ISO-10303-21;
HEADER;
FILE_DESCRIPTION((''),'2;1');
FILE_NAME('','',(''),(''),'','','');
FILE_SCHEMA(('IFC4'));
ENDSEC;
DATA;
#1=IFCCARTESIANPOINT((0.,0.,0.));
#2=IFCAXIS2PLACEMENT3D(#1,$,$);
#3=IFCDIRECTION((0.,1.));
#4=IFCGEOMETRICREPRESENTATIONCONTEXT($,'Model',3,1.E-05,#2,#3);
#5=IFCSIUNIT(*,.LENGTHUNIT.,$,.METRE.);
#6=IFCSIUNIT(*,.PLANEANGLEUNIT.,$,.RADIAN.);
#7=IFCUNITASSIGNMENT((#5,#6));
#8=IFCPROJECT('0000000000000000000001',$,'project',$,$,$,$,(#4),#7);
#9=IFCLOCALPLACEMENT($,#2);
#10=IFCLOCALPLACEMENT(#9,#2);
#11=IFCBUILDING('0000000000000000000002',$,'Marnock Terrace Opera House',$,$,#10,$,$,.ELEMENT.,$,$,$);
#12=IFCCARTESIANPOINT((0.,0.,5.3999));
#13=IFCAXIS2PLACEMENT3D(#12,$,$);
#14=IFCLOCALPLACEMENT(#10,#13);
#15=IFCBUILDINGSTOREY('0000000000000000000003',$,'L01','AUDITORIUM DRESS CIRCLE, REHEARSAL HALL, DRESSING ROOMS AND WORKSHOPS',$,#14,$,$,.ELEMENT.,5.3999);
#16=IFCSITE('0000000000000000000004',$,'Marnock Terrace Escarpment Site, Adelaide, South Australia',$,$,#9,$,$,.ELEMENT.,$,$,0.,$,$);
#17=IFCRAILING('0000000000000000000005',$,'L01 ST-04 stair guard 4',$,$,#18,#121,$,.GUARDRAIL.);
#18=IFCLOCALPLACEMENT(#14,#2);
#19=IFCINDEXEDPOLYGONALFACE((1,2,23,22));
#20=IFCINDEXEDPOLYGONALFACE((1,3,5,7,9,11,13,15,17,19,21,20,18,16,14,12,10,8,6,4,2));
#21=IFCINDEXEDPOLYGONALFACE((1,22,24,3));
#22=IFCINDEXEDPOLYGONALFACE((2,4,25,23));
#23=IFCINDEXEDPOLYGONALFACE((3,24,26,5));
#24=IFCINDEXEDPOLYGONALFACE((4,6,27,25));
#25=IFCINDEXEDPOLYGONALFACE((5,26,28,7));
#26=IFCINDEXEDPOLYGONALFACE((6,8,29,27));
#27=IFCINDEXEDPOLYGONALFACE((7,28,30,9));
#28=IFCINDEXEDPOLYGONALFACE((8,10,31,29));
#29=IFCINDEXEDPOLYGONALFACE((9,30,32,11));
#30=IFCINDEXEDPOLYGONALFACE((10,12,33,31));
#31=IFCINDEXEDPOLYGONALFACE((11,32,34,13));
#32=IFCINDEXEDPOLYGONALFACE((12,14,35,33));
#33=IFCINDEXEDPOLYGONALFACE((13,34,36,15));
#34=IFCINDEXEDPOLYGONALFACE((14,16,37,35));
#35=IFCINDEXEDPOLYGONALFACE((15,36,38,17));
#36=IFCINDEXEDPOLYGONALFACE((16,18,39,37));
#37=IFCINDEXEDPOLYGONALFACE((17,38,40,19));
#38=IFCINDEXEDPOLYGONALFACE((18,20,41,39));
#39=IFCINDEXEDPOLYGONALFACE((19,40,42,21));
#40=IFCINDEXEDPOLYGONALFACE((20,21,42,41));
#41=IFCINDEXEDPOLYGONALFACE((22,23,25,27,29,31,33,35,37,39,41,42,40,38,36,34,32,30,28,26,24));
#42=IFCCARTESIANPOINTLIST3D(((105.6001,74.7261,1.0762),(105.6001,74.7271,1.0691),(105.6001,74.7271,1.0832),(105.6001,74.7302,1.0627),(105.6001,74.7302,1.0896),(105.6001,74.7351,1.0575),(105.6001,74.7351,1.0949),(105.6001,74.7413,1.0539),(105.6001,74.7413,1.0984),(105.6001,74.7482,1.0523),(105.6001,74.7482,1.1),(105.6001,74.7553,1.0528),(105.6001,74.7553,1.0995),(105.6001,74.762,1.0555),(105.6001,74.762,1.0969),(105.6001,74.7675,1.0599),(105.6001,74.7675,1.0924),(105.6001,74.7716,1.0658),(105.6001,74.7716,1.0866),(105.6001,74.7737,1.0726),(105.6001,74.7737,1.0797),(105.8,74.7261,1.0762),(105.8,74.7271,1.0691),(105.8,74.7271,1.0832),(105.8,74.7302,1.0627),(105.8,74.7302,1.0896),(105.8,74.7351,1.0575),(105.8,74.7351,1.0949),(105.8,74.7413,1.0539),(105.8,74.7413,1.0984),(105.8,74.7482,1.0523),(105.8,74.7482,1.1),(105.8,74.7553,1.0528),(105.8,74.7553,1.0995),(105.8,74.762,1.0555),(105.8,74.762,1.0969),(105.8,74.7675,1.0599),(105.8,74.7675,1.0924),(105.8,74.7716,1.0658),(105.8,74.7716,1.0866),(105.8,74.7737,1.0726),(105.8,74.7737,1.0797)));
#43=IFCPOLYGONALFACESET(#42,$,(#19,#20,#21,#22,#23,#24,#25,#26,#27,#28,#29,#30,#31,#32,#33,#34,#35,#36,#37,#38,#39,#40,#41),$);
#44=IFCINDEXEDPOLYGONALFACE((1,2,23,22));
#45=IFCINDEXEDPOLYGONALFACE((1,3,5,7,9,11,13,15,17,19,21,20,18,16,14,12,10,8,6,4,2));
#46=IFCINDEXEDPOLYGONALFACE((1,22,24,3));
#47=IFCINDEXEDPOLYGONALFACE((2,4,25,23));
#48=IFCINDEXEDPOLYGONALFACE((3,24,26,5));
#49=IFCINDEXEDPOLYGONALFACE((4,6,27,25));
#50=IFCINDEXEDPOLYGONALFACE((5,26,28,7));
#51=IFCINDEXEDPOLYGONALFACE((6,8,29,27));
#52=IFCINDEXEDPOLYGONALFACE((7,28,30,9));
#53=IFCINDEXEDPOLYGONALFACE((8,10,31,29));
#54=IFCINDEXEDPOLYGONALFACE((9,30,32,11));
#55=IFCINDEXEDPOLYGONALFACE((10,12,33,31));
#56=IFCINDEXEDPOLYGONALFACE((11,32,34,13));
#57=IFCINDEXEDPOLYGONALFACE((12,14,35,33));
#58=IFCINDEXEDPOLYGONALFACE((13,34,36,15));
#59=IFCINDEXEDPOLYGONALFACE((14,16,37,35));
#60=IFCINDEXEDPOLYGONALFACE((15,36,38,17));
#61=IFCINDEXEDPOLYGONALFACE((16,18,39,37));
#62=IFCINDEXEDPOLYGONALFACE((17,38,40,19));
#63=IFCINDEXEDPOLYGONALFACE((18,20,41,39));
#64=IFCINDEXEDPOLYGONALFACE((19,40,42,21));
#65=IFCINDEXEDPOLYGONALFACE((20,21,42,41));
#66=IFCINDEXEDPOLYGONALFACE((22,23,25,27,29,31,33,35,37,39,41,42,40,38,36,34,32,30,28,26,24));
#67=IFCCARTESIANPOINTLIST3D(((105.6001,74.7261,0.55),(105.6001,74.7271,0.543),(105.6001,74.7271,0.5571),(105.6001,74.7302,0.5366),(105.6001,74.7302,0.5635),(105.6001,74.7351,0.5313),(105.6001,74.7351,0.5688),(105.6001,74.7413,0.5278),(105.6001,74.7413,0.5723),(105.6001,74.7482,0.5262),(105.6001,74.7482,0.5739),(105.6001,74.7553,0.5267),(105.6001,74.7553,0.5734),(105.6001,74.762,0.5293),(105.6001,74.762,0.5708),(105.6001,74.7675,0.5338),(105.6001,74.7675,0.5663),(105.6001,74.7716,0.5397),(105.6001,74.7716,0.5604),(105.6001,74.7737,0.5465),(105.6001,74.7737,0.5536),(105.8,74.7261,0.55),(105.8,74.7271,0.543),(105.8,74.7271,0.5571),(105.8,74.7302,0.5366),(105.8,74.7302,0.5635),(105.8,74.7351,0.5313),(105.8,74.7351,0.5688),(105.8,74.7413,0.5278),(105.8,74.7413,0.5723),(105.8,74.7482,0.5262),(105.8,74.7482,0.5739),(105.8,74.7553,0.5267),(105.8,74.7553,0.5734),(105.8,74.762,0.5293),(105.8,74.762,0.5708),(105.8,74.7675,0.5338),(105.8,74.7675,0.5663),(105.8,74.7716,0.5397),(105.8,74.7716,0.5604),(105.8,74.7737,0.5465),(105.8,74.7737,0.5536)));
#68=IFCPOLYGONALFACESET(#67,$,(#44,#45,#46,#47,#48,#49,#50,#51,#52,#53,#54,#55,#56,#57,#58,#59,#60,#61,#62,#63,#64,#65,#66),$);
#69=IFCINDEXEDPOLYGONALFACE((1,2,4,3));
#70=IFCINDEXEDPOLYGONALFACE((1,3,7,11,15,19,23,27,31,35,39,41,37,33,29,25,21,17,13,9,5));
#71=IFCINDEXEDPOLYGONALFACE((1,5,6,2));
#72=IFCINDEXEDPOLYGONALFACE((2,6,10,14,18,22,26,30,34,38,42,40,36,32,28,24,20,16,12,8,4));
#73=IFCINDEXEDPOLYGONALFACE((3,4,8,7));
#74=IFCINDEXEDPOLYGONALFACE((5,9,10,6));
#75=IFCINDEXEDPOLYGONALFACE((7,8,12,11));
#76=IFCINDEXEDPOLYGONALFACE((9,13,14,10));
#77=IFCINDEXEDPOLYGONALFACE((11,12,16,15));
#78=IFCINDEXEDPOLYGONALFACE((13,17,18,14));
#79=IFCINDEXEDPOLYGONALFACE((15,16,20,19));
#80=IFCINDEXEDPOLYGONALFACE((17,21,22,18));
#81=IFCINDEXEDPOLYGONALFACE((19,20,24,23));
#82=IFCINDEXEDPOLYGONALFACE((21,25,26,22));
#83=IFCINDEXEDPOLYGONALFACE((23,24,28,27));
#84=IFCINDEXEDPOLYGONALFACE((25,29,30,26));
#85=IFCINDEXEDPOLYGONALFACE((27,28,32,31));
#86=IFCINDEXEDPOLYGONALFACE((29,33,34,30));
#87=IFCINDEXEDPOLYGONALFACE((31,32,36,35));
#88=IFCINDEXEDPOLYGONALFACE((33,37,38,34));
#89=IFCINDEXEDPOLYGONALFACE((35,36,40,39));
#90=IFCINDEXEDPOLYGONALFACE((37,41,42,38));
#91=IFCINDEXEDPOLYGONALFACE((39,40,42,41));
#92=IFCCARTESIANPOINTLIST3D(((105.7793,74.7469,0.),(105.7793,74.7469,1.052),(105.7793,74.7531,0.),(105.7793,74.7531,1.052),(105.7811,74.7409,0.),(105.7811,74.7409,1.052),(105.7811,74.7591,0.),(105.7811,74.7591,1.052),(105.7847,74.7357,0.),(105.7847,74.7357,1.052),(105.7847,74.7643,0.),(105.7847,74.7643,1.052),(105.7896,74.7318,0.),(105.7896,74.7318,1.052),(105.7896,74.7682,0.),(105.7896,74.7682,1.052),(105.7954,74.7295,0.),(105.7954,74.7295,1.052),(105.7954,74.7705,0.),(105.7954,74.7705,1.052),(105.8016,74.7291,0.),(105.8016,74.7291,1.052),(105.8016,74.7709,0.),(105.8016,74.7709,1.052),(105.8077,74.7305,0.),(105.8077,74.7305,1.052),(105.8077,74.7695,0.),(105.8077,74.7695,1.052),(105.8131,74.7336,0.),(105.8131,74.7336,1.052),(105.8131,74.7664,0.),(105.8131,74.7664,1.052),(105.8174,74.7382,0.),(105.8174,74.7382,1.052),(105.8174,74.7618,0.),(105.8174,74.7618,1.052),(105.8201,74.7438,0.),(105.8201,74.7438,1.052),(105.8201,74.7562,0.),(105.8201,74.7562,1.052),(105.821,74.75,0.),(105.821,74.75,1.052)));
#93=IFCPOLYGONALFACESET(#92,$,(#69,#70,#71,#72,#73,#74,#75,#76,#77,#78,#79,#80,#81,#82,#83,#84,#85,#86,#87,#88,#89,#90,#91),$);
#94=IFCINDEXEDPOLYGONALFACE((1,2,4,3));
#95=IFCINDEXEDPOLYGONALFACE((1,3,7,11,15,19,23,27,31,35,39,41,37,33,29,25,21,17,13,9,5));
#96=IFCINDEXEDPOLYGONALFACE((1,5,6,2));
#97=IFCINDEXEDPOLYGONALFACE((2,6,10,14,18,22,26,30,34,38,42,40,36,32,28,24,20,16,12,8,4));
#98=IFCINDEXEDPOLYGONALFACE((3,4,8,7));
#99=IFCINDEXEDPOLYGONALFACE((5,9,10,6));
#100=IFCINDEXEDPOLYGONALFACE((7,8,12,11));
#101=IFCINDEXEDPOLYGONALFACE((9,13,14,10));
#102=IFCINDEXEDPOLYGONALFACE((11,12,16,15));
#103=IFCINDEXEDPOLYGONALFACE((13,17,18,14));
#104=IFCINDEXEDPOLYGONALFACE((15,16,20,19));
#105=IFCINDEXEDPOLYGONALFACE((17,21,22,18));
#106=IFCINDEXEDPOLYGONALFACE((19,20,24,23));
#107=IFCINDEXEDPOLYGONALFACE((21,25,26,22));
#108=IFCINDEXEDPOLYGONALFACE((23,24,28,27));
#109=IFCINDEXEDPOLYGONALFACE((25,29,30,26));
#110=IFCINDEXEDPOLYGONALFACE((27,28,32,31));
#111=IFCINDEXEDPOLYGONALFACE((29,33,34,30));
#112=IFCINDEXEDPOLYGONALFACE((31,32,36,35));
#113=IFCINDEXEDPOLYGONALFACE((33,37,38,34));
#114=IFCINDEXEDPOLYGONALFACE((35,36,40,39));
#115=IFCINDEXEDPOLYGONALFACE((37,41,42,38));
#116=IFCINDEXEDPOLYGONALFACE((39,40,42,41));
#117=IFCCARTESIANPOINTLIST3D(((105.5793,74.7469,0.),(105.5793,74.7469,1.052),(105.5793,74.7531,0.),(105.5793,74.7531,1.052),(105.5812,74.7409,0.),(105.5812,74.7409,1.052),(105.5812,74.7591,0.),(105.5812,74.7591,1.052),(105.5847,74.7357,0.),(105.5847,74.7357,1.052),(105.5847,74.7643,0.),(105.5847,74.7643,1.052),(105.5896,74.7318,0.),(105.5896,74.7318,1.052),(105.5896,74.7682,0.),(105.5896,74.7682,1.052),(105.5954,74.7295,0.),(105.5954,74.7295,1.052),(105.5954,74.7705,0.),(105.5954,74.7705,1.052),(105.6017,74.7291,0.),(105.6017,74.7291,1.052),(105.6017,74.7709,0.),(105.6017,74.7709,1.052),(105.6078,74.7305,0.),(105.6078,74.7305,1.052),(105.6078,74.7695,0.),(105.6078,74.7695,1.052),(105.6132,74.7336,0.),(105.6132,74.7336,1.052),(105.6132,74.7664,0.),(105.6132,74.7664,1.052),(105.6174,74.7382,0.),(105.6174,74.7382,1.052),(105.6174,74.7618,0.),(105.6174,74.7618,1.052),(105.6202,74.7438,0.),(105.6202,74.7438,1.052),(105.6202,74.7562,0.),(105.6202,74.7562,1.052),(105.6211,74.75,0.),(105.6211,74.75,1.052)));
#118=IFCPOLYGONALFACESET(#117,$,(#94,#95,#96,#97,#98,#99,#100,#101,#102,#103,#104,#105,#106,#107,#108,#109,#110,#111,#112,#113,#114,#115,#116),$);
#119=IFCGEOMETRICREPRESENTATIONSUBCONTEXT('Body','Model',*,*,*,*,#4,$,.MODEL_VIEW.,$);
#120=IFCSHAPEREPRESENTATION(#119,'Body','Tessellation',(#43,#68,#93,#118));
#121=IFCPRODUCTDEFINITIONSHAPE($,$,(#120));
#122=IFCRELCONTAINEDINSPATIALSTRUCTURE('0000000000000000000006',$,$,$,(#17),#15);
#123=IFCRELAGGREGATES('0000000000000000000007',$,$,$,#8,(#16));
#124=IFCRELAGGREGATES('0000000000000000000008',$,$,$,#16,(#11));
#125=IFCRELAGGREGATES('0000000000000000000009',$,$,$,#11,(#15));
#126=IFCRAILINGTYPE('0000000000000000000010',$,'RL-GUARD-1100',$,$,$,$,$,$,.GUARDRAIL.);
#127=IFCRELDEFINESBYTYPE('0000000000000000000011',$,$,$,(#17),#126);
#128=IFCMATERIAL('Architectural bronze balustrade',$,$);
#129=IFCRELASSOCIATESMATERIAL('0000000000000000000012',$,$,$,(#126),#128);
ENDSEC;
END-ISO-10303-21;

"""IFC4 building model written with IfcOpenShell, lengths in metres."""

from ifc_helpers import new_model, si_unit, direction, frame, origin, origin_2d, place, context, subcontext, project, spatial, circle, extrude, material, type_object, element, save


model = new_model("IFC4")

# Units and contexts
model_context = context("Model", 3, precision=1e-05, world=origin(), true_north=direction((0.0, 1.0)))
body_context = subcontext(model_context, "Body", "Model", "MODEL_VIEW")
ifc_project = project(units=[si_unit("LENGTHUNIT", "METRE"), si_unit("PLANEANGLEUNIT", "RADIAN")], contexts=[model_context])

# Site, building, storey
site_placement = place(None, origin())
site = spatial("IfcSite", under=ifc_project, at=site_placement, Name="Marnock Terrace Escarpment Site, Adelaide, South Australia", CompositionType="ELEMENT", RefElevation=0.0)
building_placement = place(site_placement, origin())
building = spatial("IfcBuilding", under=site, at=building_placement, Name="Marnock Terrace Opera House", CompositionType="ELEMENT")
storey_placement = place(building_placement, frame((0.0, 0.0, 5.3999)))
storey = spatial("IfcBuildingStorey", under=building, at=storey_placement, Name="L01", Description="AUDITORIUM DRESS CIRCLE, REHEARSAL HALL, DRESSING ROOMS AND WORKSHOPS", CompositionType="ELEMENT", Elevation=5.3999)

# Railing
ifc_material_1 = material(Name="Architectural bronze balustrade")
railing_type_1 = type_object("IfcRailingType", Name="RL-GUARD-1100", PredefinedType="GUARDRAIL", material=ifc_material_1)
railing_1_placement = place(storey_placement, frame((105.8, 74.75, 0.0)))
element("IfcRailing", 1, at=railing_1_placement, inside=storey, type_object=railing_type_1, Name="L01 ST-04 stair guard 4", PredefinedType="GUARDRAIL", context=body_context, shape_type="SweptSolid", body=[
    extrude(circle(Radius=0.0239, at=origin_2d()), frame((0.0, 0.0, 1.0762), z_axis=(-1.0, 0.0, 0.0), x_axis=(0.0, -1.0, 0.0)), (0.0, 0.0, 1.0), 0.2),
    extrude(circle(Radius=0.0239, at=origin_2d()), frame((0.0, 0.0, 0.55), z_axis=(-1.0, 0.0, 0.0), x_axis=(0.0, -1.0, 0.0)), (0.0, 0.0, 1.0), 0.2),
    extrude(circle(Radius=0.021, at=origin_2d()), origin(), (0.0, 0.0, 1.0), 1.052),
    extrude(circle(Radius=0.021, at=origin_2d()), frame((-0.2, 0.0, 0.0)), (0.0, 0.0, 1.0), 1.052),
])

save(model, "model.ifc")
